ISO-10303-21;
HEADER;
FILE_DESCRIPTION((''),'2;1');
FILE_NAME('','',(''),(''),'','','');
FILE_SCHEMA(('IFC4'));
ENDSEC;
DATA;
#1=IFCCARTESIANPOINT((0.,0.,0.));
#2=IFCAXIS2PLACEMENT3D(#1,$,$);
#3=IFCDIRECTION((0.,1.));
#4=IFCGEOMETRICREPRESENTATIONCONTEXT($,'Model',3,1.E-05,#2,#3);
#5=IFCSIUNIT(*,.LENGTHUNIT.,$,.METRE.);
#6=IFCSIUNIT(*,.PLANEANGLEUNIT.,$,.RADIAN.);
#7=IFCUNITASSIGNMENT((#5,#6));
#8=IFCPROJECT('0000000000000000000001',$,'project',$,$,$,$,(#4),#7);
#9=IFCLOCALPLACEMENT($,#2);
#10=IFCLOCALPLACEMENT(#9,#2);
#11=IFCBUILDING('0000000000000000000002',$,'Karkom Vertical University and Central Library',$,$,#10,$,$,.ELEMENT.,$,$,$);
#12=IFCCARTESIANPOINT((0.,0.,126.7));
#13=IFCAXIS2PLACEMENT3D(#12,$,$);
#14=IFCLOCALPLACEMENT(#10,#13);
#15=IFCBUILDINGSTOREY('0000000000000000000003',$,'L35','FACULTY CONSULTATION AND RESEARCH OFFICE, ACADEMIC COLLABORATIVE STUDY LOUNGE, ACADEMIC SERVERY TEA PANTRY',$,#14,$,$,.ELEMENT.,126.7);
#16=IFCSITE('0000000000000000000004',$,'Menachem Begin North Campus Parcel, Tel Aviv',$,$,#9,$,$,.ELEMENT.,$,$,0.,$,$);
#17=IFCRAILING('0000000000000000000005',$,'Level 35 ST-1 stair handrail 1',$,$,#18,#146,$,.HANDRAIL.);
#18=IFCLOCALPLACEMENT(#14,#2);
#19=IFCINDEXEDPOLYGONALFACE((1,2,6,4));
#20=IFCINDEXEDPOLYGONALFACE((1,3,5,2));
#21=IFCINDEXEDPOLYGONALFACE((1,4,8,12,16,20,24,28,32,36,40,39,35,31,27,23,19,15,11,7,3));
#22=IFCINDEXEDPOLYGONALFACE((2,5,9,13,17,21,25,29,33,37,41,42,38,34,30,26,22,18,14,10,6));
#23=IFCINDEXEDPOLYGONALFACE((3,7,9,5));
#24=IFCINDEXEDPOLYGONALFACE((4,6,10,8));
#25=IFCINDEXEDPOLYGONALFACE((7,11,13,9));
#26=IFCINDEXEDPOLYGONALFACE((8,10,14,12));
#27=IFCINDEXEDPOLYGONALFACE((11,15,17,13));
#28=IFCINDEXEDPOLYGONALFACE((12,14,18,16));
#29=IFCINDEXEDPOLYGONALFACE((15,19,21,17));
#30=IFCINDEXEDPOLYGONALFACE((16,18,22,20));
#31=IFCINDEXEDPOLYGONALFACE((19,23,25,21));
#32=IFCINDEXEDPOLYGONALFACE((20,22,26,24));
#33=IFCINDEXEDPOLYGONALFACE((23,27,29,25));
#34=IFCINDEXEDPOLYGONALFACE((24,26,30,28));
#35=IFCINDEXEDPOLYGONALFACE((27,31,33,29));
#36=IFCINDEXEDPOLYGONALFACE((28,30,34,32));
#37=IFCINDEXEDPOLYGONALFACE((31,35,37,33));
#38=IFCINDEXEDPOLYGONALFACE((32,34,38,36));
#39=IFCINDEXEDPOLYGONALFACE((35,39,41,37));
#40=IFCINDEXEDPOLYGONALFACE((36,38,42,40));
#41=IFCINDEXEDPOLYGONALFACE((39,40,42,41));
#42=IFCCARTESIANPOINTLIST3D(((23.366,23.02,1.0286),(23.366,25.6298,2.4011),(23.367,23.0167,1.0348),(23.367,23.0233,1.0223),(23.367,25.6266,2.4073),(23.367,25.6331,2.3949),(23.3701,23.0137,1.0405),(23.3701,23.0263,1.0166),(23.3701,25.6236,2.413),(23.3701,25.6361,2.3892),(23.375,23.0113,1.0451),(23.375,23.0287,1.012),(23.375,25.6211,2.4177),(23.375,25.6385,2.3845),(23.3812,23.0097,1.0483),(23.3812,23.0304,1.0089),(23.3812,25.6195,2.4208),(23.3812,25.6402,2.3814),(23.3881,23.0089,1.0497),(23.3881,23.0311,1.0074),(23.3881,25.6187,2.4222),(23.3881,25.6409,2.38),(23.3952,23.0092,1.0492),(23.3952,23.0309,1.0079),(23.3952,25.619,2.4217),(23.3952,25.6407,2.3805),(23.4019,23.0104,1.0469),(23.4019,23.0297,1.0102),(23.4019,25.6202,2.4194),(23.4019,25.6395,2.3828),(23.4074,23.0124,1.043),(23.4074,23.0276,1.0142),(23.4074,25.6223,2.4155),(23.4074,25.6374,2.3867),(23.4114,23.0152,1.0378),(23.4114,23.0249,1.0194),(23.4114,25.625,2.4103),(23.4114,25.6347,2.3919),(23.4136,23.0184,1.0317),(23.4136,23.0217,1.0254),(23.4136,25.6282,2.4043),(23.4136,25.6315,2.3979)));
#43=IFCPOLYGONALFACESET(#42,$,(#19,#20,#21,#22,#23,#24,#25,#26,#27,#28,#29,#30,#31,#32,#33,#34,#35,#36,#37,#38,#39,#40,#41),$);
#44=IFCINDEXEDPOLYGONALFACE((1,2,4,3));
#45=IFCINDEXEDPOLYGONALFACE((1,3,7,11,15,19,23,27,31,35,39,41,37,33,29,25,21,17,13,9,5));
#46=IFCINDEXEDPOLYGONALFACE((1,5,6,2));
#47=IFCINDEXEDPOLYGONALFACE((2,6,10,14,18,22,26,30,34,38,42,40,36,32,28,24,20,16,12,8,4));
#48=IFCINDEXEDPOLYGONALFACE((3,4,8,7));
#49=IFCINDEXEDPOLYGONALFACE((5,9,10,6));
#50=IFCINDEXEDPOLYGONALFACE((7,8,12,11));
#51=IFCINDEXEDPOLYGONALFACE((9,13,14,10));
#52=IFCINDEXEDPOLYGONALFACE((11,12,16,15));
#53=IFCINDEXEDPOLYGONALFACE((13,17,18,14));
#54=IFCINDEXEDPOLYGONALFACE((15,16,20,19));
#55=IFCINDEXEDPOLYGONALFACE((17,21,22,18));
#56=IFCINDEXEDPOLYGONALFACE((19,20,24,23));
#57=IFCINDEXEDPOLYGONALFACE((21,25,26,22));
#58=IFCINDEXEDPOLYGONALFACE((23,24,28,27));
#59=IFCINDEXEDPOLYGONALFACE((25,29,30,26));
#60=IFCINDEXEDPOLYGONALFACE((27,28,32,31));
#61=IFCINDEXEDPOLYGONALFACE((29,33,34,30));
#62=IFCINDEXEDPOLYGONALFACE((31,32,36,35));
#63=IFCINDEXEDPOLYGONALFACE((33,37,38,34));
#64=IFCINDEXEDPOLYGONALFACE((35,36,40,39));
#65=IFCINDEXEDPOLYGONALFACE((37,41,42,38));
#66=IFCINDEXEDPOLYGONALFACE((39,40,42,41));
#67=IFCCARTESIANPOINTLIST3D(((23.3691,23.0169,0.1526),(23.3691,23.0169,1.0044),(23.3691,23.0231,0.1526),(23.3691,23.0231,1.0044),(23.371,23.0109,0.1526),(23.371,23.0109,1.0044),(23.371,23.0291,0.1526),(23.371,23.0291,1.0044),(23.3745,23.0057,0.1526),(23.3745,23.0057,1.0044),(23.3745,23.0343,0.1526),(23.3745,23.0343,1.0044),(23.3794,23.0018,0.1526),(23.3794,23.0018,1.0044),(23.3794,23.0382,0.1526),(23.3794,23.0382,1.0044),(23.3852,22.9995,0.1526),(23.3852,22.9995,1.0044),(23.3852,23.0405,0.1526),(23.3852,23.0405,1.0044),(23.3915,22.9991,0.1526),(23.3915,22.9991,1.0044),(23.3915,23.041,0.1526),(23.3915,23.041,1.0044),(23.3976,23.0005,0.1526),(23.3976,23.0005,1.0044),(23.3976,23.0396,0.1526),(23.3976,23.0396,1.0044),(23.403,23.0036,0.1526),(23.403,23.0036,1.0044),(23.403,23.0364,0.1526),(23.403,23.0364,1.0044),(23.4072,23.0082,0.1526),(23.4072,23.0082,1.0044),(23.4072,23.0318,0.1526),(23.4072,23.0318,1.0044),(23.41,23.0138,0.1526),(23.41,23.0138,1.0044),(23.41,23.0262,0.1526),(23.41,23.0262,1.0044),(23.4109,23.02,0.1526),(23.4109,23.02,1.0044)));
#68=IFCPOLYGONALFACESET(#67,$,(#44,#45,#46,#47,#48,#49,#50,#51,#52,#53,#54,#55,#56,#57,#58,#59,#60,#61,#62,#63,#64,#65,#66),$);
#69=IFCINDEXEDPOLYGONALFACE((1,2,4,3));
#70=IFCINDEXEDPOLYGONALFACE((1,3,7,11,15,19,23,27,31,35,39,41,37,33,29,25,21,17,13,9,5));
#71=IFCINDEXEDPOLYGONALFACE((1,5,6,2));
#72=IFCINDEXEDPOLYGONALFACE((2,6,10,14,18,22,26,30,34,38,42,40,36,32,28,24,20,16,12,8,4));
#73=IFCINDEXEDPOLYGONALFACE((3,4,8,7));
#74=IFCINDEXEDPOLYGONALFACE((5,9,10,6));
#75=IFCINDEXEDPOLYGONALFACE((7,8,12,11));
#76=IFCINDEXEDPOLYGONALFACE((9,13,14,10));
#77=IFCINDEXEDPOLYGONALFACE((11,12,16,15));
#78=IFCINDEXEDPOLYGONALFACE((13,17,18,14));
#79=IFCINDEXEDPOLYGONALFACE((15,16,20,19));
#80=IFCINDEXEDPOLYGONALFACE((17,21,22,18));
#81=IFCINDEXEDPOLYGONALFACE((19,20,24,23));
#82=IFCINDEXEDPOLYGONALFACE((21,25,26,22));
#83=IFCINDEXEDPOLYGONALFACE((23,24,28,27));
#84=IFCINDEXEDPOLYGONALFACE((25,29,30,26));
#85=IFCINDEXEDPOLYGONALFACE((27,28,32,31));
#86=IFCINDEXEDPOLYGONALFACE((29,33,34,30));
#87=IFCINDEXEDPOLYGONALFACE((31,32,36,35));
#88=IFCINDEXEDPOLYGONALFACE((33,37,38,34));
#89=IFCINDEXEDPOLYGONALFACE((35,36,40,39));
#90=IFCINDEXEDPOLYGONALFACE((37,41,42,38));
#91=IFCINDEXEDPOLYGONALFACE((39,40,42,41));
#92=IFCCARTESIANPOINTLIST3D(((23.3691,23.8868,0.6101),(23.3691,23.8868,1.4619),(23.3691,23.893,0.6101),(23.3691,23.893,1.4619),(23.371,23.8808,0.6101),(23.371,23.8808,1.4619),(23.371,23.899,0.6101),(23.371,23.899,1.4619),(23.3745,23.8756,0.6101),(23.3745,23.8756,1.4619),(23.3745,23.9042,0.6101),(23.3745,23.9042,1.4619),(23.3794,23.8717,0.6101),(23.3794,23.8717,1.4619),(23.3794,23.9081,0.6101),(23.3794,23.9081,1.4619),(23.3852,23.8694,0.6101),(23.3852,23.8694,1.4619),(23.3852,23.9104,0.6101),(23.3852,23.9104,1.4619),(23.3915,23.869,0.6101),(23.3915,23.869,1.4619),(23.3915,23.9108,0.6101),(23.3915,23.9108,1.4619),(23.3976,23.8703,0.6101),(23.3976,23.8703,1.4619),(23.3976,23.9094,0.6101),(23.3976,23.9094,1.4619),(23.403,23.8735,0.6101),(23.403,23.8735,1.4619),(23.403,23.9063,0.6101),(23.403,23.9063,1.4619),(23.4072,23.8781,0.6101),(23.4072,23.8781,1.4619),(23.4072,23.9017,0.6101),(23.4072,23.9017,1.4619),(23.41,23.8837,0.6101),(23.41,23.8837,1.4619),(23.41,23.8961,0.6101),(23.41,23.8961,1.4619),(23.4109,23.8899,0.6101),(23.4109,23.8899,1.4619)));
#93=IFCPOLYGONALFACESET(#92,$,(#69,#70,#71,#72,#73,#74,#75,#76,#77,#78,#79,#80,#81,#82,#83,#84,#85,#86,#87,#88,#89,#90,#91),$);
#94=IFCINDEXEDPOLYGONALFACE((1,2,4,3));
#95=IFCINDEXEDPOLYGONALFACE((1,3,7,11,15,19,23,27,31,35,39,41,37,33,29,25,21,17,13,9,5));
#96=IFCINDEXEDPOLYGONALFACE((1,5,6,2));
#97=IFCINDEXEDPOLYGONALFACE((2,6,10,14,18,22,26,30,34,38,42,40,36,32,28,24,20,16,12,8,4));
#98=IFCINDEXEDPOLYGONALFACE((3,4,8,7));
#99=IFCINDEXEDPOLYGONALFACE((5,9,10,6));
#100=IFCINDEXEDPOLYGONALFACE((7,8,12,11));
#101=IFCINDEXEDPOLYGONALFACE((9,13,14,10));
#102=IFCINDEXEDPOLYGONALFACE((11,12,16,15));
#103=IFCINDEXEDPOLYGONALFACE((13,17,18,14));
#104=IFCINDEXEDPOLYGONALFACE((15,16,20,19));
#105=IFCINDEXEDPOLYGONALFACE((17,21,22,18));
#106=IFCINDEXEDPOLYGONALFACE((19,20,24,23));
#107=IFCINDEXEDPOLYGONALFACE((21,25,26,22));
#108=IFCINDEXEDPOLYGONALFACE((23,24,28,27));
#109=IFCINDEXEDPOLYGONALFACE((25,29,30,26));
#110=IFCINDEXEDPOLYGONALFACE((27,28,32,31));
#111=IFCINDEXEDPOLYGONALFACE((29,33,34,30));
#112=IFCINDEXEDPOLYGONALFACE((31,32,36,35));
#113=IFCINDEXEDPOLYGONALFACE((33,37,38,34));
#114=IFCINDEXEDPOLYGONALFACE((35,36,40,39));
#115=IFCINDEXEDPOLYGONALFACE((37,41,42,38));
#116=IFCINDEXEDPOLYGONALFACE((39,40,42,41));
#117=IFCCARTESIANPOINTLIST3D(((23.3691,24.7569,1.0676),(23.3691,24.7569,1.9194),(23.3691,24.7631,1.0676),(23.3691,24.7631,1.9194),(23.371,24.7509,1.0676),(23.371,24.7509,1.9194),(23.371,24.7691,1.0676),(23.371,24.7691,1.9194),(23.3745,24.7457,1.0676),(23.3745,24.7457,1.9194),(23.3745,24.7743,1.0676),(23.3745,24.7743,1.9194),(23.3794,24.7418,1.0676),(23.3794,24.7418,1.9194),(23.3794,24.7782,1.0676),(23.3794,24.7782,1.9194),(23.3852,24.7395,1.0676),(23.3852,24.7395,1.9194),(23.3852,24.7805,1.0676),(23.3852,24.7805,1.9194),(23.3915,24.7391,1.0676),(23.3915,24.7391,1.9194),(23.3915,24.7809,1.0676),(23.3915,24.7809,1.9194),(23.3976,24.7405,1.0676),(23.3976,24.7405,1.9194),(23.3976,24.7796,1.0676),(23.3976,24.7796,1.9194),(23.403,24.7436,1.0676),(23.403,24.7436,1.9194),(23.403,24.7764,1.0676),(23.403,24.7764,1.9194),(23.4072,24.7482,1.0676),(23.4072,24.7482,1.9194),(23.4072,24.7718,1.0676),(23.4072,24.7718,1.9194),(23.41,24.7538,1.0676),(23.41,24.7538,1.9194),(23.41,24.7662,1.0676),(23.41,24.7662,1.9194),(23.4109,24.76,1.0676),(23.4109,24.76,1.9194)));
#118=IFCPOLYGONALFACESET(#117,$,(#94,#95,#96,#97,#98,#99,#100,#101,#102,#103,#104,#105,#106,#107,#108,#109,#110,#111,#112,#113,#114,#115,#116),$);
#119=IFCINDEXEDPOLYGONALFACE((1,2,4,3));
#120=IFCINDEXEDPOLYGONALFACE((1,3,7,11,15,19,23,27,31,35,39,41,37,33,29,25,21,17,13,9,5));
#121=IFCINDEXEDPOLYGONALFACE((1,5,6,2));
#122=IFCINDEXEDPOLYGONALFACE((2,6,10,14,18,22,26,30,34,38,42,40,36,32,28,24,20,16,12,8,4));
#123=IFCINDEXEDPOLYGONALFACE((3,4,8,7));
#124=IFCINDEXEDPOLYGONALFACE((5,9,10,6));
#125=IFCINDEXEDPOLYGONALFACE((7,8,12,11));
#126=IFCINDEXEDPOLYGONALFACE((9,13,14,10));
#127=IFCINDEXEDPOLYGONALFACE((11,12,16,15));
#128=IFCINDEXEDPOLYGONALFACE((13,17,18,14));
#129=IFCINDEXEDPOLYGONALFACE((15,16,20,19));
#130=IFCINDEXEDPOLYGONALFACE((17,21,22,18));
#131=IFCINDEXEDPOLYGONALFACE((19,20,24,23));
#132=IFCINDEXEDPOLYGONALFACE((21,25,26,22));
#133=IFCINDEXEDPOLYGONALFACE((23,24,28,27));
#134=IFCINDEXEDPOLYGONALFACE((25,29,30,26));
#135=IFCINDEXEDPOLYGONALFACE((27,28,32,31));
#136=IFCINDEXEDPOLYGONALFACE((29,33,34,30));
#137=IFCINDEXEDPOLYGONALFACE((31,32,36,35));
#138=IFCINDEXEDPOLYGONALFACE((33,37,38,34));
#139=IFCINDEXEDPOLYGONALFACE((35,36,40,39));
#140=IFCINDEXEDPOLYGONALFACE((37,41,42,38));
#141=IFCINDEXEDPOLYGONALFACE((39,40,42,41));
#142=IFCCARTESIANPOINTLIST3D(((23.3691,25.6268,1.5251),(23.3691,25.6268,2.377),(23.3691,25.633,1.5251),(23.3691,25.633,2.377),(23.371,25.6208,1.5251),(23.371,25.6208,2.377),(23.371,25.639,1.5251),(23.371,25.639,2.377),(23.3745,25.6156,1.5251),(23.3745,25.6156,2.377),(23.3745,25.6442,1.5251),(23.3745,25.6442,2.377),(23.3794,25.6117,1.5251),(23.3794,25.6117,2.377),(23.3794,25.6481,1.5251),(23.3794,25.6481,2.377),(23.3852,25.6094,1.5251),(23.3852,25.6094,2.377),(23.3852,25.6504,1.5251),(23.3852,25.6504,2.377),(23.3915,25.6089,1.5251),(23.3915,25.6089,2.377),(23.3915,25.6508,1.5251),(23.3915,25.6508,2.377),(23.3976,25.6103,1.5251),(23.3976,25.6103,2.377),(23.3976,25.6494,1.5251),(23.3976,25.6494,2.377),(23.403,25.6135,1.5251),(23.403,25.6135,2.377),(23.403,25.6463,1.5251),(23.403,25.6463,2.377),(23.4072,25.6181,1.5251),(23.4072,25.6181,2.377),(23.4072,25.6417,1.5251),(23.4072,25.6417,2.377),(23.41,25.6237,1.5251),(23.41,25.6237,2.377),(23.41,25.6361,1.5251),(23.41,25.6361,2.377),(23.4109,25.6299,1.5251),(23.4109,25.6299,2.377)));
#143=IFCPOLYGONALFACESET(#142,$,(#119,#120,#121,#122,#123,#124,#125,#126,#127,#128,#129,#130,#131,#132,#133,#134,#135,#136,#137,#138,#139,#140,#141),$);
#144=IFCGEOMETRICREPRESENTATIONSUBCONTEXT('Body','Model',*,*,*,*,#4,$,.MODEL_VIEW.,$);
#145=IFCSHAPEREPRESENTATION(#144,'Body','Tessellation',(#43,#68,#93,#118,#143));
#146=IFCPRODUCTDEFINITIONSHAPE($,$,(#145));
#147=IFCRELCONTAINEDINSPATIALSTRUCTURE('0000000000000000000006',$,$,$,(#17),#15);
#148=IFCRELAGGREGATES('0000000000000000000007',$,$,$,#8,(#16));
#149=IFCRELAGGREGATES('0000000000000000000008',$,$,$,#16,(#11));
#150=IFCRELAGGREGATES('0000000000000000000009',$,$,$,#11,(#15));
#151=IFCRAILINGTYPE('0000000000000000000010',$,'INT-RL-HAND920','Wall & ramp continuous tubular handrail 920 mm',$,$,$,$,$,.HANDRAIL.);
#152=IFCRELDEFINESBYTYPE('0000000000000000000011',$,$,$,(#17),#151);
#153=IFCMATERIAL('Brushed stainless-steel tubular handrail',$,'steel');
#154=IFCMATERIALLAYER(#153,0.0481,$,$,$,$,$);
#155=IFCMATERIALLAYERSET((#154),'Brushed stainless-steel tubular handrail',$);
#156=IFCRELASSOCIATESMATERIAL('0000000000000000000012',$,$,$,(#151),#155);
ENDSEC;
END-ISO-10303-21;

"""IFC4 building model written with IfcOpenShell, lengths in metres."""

from ifc_helpers import new_model, si_unit, direction, frame, origin, origin_2d, place, context, subcontext, project, spatial, circle, extrude, material, layer, layer_set, type_object, element, save


model = new_model("IFC4")

# Units and contexts
model_context = context("Model", 3, precision=1e-05, world=origin(), true_north=direction((0.0, 1.0)))
body_context = subcontext(model_context, "Body", "Model", "MODEL_VIEW")
ifc_project = project(units=[si_unit("LENGTHUNIT", "METRE"), si_unit("PLANEANGLEUNIT", "RADIAN")], contexts=[model_context])

# Site, building, storey
site_placement = place(None, origin())
site = spatial("IfcSite", under=ifc_project, at=site_placement, Name="Menachem Begin North Campus Parcel, Tel Aviv", CompositionType="ELEMENT", RefElevation=0.0)
building_placement = place(site_placement, origin())
building = spatial("IfcBuilding", under=site, at=building_placement, Name="Karkom Vertical University and Central Library", CompositionType="ELEMENT")
storey_placement = place(building_placement, frame((0.0, 0.0, 126.7)))
storey = spatial("IfcBuildingStorey", under=building, at=storey_placement, Name="L35", Description="FACULTY CONSULTATION AND RESEARCH OFFICE, ACADEMIC COLLABORATIVE STUDY LOUNGE, ACADEMIC SERVERY TEA PANTRY", CompositionType="ELEMENT", Elevation=126.7)

# Railing
ifc_material_1 = material(Name="Brushed stainless-steel tubular handrail", Category="steel")
ifc_layer_1 = layer(ifc_material_1, 0.0481)
ifc_layer_set_1 = layer_set([ifc_layer_1], Name="Brushed stainless-steel tubular handrail")
railing_type_1 = type_object("IfcRailingType", Name="INT-RL-HAND920", Description="Wall & ramp continuous tubular handrail 920 mm", PredefinedType="HANDRAIL", material=ifc_layer_set_1)
railing_1_placement = place(storey_placement, frame((23.3899, 23.02, 0.1526)))
element("IfcRailing", 1, at=railing_1_placement, inside=storey, type_object=railing_type_1, Name="Level 35 ST-1 stair handrail 1", PredefinedType="HANDRAIL", context=body_context, shape_type="SweptSolid", body=[
    extrude(circle(Radius=0.0239, at=origin_2d()), frame((0.0, 0.0, 0.876), z_axis=(0.0, 0.885065, 0.465467), x_axis=(-1.0, 0.0, 0.0)), (0.0, 0.0, 1.0), 2.9487),
    extrude(circle(Radius=0.021, at=origin_2d()), origin(), (0.0, 0.0, 1.0), 0.8518),
    extrude(circle(Radius=0.021, at=origin_2d()), frame((0.0, 0.8699, 0.4575)), (0.0, 0.0, 1.0), 0.8518),
    extrude(circle(Radius=0.021, at=origin_2d()), frame((0.0, 1.74, 0.915)), (0.0, 0.0, 1.0), 0.8518),
    extrude(circle(Radius=0.021, at=origin_2d()), frame((0.0, 2.6099, 1.3726)), (0.0, 0.0, 1.0), 0.8518),
])

save(model, "model.ifc")
